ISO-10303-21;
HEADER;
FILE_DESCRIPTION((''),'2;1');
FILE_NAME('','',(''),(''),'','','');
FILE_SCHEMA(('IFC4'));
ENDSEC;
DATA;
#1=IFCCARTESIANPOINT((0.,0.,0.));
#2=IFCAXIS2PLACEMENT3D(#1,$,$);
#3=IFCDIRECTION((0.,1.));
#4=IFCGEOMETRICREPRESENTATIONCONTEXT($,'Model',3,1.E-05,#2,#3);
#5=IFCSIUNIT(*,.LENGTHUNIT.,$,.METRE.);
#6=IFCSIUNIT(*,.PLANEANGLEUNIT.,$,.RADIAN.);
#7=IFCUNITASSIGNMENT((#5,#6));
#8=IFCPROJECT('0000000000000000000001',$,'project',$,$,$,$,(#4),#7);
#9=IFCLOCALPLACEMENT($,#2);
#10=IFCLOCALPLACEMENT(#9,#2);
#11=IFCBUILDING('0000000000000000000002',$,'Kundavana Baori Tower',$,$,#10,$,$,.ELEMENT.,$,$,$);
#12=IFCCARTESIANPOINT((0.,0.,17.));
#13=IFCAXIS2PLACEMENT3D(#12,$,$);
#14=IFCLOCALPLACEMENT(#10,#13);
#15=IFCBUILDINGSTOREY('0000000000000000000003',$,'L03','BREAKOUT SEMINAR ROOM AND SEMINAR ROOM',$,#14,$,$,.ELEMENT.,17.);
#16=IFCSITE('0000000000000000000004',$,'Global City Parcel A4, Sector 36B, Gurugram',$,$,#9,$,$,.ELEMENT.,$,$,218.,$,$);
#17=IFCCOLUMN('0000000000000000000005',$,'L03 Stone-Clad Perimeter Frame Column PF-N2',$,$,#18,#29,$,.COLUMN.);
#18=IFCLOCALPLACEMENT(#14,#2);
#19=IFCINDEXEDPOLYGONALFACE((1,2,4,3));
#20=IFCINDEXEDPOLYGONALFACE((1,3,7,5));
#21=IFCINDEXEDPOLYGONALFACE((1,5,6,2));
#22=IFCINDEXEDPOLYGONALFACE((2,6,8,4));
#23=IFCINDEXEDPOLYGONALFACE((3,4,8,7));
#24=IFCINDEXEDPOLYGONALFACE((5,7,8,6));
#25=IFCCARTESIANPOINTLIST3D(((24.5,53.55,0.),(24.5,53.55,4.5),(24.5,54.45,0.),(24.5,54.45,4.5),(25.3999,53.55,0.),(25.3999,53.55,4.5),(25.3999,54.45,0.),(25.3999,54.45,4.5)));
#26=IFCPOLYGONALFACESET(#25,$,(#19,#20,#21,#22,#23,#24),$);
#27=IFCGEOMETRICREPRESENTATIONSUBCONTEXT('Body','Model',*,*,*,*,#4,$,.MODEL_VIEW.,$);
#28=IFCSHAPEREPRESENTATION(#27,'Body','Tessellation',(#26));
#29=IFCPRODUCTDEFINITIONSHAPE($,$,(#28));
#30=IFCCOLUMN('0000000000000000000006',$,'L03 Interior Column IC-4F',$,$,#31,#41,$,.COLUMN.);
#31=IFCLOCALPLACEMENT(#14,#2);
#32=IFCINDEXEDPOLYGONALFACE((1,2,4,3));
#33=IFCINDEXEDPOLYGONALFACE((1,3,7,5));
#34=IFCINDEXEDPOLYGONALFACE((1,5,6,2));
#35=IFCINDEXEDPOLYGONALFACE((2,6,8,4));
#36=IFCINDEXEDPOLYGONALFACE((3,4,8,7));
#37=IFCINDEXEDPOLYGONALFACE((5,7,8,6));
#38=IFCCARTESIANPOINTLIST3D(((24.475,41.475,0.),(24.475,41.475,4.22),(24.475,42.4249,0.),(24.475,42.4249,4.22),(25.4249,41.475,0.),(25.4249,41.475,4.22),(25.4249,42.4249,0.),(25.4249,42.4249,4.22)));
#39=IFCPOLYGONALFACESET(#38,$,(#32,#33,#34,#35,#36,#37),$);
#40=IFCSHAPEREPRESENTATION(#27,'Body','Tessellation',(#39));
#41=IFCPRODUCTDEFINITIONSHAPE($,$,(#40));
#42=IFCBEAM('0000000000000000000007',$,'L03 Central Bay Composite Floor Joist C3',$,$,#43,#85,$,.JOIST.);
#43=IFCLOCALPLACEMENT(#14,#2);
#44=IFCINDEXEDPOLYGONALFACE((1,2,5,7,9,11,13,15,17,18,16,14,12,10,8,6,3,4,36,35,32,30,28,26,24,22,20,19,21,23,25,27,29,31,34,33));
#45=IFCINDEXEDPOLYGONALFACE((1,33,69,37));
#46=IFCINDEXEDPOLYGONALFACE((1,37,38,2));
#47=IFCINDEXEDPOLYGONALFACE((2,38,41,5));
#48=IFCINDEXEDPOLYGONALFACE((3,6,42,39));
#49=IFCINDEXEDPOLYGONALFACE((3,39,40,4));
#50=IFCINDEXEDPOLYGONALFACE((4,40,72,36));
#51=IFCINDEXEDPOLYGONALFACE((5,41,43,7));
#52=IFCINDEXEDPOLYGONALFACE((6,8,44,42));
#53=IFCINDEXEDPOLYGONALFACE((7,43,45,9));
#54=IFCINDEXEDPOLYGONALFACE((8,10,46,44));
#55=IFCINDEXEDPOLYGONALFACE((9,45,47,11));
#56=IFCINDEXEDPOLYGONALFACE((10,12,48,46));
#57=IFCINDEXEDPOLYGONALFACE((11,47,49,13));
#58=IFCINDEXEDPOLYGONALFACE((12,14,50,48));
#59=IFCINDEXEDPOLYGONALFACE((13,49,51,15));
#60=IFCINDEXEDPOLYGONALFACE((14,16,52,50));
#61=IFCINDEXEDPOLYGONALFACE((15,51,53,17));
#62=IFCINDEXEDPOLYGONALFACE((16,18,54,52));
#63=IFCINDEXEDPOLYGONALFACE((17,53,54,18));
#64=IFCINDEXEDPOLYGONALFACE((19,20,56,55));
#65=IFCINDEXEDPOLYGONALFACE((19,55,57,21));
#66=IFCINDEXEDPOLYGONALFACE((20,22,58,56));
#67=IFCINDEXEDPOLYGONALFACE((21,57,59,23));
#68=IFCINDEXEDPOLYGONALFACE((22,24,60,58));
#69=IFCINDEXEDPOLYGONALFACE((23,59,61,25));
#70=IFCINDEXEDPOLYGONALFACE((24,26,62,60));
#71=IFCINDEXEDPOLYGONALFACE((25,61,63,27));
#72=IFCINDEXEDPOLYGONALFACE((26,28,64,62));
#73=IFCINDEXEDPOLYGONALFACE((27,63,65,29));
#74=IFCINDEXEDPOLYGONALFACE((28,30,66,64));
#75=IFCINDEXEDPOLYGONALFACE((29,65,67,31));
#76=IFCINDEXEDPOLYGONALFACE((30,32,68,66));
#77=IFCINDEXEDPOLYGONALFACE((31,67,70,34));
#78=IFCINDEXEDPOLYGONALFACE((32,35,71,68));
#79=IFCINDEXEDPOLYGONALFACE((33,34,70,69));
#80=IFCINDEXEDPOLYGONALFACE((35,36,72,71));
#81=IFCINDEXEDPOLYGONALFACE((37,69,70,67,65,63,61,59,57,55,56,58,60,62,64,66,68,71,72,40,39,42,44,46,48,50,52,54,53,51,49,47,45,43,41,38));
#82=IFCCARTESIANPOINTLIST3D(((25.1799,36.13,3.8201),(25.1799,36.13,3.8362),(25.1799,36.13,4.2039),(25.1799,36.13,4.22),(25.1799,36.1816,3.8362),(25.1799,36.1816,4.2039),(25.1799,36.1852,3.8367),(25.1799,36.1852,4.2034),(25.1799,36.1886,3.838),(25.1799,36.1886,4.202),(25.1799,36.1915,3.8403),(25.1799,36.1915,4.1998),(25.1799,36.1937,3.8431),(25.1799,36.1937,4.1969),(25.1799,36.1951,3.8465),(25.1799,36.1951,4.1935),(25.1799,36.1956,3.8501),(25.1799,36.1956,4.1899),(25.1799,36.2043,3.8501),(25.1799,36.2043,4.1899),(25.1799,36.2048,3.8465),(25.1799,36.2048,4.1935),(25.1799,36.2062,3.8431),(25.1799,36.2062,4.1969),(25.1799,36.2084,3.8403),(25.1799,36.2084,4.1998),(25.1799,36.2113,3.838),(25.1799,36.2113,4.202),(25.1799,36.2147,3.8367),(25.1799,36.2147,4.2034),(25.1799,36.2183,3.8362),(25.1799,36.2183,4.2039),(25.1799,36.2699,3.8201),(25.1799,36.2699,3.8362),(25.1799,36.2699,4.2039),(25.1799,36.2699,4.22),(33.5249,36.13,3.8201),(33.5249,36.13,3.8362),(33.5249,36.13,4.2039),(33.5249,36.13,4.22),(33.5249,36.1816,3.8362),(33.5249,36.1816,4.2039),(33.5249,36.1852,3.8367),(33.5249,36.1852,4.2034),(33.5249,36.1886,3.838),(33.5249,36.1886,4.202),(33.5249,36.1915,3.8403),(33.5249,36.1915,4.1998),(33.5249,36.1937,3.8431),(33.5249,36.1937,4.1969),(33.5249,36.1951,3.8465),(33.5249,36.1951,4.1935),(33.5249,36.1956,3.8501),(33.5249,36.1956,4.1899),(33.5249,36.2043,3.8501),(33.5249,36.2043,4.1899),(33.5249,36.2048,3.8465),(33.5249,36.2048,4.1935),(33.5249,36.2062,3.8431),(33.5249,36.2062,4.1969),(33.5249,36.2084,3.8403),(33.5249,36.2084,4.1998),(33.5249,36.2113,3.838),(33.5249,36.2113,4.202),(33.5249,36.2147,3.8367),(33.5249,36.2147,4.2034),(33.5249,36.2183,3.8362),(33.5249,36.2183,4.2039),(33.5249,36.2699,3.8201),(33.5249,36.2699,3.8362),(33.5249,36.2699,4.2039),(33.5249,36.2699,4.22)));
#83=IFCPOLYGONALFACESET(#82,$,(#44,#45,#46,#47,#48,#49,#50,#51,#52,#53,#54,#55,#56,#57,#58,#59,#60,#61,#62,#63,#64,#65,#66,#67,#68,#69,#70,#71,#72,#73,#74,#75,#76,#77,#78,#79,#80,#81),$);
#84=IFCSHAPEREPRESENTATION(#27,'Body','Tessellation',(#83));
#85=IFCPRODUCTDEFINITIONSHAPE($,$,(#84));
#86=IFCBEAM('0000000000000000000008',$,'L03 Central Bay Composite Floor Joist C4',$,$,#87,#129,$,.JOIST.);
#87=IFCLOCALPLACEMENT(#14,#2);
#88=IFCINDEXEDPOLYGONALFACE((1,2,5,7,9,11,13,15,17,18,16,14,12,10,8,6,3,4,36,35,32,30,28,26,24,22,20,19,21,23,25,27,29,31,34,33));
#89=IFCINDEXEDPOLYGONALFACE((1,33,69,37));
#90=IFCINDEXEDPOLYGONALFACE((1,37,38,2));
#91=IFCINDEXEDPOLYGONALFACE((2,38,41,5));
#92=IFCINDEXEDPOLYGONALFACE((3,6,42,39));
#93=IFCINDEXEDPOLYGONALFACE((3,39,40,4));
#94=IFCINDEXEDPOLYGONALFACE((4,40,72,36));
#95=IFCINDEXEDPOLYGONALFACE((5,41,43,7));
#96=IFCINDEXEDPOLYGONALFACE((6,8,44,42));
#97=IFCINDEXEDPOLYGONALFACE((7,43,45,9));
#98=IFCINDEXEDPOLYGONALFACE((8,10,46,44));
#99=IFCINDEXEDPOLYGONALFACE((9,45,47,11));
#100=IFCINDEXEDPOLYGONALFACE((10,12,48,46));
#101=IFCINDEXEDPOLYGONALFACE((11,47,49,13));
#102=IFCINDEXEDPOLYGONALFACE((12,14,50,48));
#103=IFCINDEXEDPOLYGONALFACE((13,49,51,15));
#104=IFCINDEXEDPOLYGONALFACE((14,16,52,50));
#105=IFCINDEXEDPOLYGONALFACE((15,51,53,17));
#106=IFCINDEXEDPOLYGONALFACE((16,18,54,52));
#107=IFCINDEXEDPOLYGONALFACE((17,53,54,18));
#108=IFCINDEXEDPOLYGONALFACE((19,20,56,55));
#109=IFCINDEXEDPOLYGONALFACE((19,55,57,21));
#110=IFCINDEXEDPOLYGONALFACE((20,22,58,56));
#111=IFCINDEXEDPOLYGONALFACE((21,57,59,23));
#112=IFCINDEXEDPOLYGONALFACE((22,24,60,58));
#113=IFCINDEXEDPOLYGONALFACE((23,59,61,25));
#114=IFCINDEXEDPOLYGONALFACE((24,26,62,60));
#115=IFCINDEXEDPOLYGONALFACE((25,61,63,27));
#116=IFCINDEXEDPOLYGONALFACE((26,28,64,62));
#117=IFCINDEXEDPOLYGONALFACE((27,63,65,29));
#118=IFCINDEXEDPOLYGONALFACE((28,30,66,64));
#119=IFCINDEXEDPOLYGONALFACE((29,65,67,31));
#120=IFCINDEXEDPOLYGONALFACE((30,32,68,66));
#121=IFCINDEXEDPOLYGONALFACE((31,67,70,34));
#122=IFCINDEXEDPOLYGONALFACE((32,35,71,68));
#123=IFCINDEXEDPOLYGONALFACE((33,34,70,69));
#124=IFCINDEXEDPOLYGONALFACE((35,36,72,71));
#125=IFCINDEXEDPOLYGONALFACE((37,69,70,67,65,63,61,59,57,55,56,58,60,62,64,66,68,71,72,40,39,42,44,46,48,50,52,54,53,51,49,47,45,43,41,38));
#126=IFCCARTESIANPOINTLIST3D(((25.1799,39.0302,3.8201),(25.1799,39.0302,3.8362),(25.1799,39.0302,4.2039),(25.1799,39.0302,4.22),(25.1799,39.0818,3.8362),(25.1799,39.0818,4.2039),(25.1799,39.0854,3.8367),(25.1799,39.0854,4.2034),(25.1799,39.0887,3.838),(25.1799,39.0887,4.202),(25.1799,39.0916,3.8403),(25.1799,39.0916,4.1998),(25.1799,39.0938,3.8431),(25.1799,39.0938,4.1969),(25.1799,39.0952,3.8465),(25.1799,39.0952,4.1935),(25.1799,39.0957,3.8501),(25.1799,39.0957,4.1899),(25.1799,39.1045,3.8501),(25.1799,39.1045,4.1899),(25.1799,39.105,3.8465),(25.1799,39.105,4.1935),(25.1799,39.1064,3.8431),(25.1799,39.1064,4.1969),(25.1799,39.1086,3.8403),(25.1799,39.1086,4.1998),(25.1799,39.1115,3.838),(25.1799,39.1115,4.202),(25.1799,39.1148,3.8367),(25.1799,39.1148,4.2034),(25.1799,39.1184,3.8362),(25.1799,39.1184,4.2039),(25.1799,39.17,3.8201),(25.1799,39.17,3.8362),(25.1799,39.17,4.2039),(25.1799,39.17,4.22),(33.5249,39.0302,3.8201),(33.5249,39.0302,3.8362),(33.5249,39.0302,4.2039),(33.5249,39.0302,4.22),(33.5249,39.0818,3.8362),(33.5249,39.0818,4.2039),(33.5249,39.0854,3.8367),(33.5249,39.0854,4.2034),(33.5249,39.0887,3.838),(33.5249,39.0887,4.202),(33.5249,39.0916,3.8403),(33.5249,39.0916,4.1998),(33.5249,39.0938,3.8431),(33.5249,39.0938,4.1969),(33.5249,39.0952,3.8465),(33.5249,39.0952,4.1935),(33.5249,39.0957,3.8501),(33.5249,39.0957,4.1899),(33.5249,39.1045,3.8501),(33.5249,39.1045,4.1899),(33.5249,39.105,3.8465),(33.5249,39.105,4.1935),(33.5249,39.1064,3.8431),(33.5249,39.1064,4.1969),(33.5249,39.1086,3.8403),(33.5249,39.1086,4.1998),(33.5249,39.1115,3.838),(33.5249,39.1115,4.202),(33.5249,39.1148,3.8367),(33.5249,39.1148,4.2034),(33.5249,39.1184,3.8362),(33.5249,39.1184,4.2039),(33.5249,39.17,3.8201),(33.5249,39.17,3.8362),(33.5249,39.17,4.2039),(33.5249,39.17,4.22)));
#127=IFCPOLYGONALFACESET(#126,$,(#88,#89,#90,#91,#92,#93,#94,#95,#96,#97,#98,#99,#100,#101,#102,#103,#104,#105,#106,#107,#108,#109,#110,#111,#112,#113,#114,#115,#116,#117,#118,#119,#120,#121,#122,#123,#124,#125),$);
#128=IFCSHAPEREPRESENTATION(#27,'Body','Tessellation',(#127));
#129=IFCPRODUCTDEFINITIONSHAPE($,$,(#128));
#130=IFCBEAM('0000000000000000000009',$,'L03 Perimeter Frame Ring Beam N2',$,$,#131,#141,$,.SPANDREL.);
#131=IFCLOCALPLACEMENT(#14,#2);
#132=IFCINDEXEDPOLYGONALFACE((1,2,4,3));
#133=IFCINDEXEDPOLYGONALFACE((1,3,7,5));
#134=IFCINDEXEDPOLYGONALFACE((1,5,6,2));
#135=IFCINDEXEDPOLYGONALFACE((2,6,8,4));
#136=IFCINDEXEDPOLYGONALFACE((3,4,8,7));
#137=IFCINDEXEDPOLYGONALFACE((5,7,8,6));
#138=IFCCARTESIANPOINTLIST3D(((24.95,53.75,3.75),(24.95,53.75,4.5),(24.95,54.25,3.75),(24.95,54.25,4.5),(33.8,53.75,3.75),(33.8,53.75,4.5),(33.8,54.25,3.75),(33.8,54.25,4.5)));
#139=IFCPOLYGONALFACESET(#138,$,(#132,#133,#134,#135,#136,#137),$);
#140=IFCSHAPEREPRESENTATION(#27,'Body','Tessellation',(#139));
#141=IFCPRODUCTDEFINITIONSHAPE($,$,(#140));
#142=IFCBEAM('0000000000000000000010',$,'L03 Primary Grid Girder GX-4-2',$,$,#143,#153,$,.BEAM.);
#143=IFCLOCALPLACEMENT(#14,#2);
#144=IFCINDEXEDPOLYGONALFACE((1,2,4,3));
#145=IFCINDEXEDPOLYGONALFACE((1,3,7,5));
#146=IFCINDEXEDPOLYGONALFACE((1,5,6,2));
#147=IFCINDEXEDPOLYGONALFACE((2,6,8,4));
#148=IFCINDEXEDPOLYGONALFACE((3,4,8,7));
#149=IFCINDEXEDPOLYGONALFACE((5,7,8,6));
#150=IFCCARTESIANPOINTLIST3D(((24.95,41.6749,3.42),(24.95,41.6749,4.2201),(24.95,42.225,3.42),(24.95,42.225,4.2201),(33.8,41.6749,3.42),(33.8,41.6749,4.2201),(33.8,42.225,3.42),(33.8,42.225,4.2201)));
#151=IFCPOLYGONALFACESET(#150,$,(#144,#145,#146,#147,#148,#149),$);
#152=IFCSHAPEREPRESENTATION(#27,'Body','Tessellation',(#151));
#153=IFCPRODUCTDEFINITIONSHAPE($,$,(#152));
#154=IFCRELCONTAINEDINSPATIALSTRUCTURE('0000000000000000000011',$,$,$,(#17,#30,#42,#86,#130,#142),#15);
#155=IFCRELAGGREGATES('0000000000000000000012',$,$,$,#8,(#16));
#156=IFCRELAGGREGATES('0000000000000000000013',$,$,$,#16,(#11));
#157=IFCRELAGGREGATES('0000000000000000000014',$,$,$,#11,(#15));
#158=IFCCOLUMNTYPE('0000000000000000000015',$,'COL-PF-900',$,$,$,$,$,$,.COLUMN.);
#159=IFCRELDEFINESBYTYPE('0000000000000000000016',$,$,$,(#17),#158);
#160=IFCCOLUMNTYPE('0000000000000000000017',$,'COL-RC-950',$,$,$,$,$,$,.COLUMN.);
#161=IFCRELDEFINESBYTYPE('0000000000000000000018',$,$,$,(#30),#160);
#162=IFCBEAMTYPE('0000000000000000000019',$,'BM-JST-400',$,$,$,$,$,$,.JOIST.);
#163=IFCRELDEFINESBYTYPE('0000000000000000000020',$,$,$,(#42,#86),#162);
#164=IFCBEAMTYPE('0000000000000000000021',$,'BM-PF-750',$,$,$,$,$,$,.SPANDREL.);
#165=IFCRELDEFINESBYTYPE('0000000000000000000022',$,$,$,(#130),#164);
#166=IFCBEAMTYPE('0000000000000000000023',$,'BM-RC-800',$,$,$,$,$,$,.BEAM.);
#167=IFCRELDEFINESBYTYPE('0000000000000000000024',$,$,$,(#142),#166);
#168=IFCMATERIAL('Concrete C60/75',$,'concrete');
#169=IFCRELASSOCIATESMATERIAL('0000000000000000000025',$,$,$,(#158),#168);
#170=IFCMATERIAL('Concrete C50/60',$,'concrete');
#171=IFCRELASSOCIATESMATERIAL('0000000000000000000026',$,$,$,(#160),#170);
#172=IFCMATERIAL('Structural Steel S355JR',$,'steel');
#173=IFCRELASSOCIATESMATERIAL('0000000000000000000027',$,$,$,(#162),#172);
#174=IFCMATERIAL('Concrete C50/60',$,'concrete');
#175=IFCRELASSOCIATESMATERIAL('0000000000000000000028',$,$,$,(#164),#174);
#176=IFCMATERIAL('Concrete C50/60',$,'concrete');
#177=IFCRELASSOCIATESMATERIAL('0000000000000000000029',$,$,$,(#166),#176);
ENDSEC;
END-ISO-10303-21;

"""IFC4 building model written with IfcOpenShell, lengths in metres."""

from ifc_helpers import new_model, si_unit, direction, frame, origin, origin_2d, place, context, subcontext, project, spatial, rectangle, i_section, extrude, material, material_profile, profile_set, type_object, element, save


model = new_model("IFC4")

# Units and contexts
model_context = context("Model", 3, precision=1e-05, world=origin(), true_north=direction((0.0, 1.0)))
body_context = subcontext(model_context, "Body", "Model", "MODEL_VIEW")
ifc_project = project(units=[si_unit("LENGTHUNIT", "METRE"), si_unit("PLANEANGLEUNIT", "RADIAN")], contexts=[model_context])

# Site, building, storey
site_placement = place(None, origin())
site = spatial("IfcSite", under=ifc_project, at=site_placement, Name="Global City Parcel A4, Sector 36B, Gurugram", CompositionType="ELEMENT", RefElevation=218.0)
building_placement = place(site_placement, origin())
building = spatial("IfcBuilding", under=site, at=building_placement, Name="Kundavana Baori Tower", CompositionType="ELEMENT")
storey_placement = place(building_placement, frame((0.0, 0.0, 17.0)))
storey = spatial("IfcBuildingStorey", under=building, at=storey_placement, Name="L03", Description="BREAKOUT SEMINAR ROOM AND SEMINAR ROOM", CompositionType="ELEMENT", Elevation=17.0)

# Columns
ifc_material_1 = material(Name="Concrete C60/75", Category="concrete")
ifc_material_profile_1 = material_profile(ifc_material_1, rectangle(XDim=0.8999, YDim=0.8999, at=origin_2d()), Name="RC PF 900x900")
ifc_profile_set_1 = profile_set([ifc_material_profile_1], Name="Concrete C60/75")
column_type_1 = type_object("IfcColumnType", Name="COL-PF-900", PredefinedType="COLUMN", material=ifc_profile_set_1)
column_1_placement = place(storey_placement, frame((24.95, 54.0, 0.0), z_axis=(0.0, 0.0, 1.0), x_axis=(1.0, 0.0, 0.0)))
element("IfcColumn", 1, at=column_1_placement, inside=storey, type_object=column_type_1, Name="L03 Stone-Clad Perimeter Frame Column PF-N2", PredefinedType="COLUMN", context=body_context, shape_type="SweptSolid", body=[
    extrude(rectangle(XDim=0.8999, YDim=0.8999, at=origin_2d()), origin(), (0.0, 0.0, 1.0), 4.5),
])
ifc_material_2 = material(Name="Concrete C50/60", Category="concrete")
ifc_material_profile_2 = material_profile(ifc_material_2, rectangle(XDim=0.95, YDim=0.95, at=origin_2d()), Name="RC 950x950")
ifc_profile_set_2 = profile_set([ifc_material_profile_2], Name="Concrete C50/60")
column_type_2 = type_object("IfcColumnType", Name="COL-RC-950", PredefinedType="COLUMN", material=ifc_profile_set_2)
column_2_placement = place(storey_placement, frame((24.95, 41.95, 0.0), z_axis=(0.0, 0.0, 1.0), x_axis=(1.0, 0.0, 0.0)))
element("IfcColumn", 2, at=column_2_placement, inside=storey, type_object=column_type_2, Name="L03 Interior Column IC-4F", PredefinedType="COLUMN", context=body_context, shape_type="SweptSolid", body=[
    extrude(rectangle(XDim=0.95, YDim=0.95, at=origin_2d()), origin(), (0.0, 0.0, 1.0), 4.22),
])

# Beams
ifc_material_3 = material(Name="Structural Steel S355JR", Category="steel")
ifc_material_profile_3 = material_profile(ifc_material_3, i_section(OverallWidth=0.1399, OverallDepth=0.3999, WebThickness=0.0088, FlangeThickness=0.0161, FilletRadius=0.0139, at=origin_2d()), Name="ISMB 400")
ifc_profile_set_3 = profile_set([ifc_material_profile_3], Name="Structural Steel S355JR")
beam_type_1 = type_object("IfcBeamType", Name="BM-JST-400", PredefinedType="JOIST", material=ifc_profile_set_3)
for number, where, z_axis, x_axis, name in (
    (3, (25.1799, 36.2, 4.02), (1.0, 0.0, 0.0), (0.0, 1.0, 0.0), "L03 Central Bay Composite Floor Joist C3"),
    (4, (25.1799, 39.1001, 4.02), (1.0, 0.0, 0.0), (0.0, 1.0, 0.0), "L03 Central Bay Composite Floor Joist C4"),
):
    element("IfcBeam", number, at=place(storey_placement, frame(where, z_axis=z_axis, x_axis=x_axis)), inside=storey, type_object=beam_type_1, Name=name, PredefinedType="JOIST", context=body_context, shape_type="SweptSolid", body=[
        extrude(i_section(OverallWidth=0.1399, OverallDepth=0.3999, WebThickness=0.0088, FlangeThickness=0.0161, FilletRadius=0.0139, at=origin_2d()), origin(), (0.0, 0.0, 1.0), 8.345),
    ])
ifc_material_4 = material(Name="Concrete C50/60", Category="concrete")
ifc_material_profile_4 = material_profile(ifc_material_4, rectangle(XDim=0.5, YDim=0.75, at=origin_2d()), Name="RC BM 500x750")
ifc_profile_set_4 = profile_set([ifc_material_profile_4], Name="Concrete C50/60")
beam_type_2 = type_object("IfcBeamType", Name="BM-PF-750", PredefinedType="SPANDREL", material=ifc_profile_set_4)
beam_1_placement = place(storey_placement, frame((24.95, 54.0, 4.125), z_axis=(1.0, 0.0, 0.0), x_axis=(0.0, 1.0, 0.0)))
element("IfcBeam", 5, at=beam_1_placement, inside=storey, type_object=beam_type_2, Name="L03 Perimeter Frame Ring Beam N2", PredefinedType="SPANDREL", context=body_context, shape_type="SweptSolid", body=[
    extrude(rectangle(XDim=0.5, YDim=0.75, at=origin_2d()), origin(), (0.0, 0.0, 1.0), 8.8501),
])
ifc_material_5 = material(Name="Concrete C50/60", Category="concrete")
ifc_material_profile_5 = material_profile(ifc_material_5, rectangle(XDim=0.55, YDim=0.8, at=origin_2d()), Name="RC BM 550x800")
ifc_profile_set_5 = profile_set([ifc_material_profile_5], Name="Concrete C50/60")
beam_type_3 = type_object("IfcBeamType", Name="BM-RC-800", PredefinedType="BEAM", material=ifc_profile_set_5)
beam_2_placement = place(storey_placement, frame((24.95, 41.95, 3.8201), z_axis=(1.0, 0.0, 0.0), x_axis=(0.0, 1.0, 0.0)))
element("IfcBeam", 6, at=beam_2_placement, inside=storey, type_object=beam_type_3, Name="L03 Primary Grid Girder GX-4-2", PredefinedType="BEAM", context=body_context, shape_type="SweptSolid", body=[
    extrude(rectangle(XDim=0.55, YDim=0.8, at=origin_2d()), origin(), (0.0, 0.0, 1.0), 8.8501),
])

save(model, "model.ifc")
